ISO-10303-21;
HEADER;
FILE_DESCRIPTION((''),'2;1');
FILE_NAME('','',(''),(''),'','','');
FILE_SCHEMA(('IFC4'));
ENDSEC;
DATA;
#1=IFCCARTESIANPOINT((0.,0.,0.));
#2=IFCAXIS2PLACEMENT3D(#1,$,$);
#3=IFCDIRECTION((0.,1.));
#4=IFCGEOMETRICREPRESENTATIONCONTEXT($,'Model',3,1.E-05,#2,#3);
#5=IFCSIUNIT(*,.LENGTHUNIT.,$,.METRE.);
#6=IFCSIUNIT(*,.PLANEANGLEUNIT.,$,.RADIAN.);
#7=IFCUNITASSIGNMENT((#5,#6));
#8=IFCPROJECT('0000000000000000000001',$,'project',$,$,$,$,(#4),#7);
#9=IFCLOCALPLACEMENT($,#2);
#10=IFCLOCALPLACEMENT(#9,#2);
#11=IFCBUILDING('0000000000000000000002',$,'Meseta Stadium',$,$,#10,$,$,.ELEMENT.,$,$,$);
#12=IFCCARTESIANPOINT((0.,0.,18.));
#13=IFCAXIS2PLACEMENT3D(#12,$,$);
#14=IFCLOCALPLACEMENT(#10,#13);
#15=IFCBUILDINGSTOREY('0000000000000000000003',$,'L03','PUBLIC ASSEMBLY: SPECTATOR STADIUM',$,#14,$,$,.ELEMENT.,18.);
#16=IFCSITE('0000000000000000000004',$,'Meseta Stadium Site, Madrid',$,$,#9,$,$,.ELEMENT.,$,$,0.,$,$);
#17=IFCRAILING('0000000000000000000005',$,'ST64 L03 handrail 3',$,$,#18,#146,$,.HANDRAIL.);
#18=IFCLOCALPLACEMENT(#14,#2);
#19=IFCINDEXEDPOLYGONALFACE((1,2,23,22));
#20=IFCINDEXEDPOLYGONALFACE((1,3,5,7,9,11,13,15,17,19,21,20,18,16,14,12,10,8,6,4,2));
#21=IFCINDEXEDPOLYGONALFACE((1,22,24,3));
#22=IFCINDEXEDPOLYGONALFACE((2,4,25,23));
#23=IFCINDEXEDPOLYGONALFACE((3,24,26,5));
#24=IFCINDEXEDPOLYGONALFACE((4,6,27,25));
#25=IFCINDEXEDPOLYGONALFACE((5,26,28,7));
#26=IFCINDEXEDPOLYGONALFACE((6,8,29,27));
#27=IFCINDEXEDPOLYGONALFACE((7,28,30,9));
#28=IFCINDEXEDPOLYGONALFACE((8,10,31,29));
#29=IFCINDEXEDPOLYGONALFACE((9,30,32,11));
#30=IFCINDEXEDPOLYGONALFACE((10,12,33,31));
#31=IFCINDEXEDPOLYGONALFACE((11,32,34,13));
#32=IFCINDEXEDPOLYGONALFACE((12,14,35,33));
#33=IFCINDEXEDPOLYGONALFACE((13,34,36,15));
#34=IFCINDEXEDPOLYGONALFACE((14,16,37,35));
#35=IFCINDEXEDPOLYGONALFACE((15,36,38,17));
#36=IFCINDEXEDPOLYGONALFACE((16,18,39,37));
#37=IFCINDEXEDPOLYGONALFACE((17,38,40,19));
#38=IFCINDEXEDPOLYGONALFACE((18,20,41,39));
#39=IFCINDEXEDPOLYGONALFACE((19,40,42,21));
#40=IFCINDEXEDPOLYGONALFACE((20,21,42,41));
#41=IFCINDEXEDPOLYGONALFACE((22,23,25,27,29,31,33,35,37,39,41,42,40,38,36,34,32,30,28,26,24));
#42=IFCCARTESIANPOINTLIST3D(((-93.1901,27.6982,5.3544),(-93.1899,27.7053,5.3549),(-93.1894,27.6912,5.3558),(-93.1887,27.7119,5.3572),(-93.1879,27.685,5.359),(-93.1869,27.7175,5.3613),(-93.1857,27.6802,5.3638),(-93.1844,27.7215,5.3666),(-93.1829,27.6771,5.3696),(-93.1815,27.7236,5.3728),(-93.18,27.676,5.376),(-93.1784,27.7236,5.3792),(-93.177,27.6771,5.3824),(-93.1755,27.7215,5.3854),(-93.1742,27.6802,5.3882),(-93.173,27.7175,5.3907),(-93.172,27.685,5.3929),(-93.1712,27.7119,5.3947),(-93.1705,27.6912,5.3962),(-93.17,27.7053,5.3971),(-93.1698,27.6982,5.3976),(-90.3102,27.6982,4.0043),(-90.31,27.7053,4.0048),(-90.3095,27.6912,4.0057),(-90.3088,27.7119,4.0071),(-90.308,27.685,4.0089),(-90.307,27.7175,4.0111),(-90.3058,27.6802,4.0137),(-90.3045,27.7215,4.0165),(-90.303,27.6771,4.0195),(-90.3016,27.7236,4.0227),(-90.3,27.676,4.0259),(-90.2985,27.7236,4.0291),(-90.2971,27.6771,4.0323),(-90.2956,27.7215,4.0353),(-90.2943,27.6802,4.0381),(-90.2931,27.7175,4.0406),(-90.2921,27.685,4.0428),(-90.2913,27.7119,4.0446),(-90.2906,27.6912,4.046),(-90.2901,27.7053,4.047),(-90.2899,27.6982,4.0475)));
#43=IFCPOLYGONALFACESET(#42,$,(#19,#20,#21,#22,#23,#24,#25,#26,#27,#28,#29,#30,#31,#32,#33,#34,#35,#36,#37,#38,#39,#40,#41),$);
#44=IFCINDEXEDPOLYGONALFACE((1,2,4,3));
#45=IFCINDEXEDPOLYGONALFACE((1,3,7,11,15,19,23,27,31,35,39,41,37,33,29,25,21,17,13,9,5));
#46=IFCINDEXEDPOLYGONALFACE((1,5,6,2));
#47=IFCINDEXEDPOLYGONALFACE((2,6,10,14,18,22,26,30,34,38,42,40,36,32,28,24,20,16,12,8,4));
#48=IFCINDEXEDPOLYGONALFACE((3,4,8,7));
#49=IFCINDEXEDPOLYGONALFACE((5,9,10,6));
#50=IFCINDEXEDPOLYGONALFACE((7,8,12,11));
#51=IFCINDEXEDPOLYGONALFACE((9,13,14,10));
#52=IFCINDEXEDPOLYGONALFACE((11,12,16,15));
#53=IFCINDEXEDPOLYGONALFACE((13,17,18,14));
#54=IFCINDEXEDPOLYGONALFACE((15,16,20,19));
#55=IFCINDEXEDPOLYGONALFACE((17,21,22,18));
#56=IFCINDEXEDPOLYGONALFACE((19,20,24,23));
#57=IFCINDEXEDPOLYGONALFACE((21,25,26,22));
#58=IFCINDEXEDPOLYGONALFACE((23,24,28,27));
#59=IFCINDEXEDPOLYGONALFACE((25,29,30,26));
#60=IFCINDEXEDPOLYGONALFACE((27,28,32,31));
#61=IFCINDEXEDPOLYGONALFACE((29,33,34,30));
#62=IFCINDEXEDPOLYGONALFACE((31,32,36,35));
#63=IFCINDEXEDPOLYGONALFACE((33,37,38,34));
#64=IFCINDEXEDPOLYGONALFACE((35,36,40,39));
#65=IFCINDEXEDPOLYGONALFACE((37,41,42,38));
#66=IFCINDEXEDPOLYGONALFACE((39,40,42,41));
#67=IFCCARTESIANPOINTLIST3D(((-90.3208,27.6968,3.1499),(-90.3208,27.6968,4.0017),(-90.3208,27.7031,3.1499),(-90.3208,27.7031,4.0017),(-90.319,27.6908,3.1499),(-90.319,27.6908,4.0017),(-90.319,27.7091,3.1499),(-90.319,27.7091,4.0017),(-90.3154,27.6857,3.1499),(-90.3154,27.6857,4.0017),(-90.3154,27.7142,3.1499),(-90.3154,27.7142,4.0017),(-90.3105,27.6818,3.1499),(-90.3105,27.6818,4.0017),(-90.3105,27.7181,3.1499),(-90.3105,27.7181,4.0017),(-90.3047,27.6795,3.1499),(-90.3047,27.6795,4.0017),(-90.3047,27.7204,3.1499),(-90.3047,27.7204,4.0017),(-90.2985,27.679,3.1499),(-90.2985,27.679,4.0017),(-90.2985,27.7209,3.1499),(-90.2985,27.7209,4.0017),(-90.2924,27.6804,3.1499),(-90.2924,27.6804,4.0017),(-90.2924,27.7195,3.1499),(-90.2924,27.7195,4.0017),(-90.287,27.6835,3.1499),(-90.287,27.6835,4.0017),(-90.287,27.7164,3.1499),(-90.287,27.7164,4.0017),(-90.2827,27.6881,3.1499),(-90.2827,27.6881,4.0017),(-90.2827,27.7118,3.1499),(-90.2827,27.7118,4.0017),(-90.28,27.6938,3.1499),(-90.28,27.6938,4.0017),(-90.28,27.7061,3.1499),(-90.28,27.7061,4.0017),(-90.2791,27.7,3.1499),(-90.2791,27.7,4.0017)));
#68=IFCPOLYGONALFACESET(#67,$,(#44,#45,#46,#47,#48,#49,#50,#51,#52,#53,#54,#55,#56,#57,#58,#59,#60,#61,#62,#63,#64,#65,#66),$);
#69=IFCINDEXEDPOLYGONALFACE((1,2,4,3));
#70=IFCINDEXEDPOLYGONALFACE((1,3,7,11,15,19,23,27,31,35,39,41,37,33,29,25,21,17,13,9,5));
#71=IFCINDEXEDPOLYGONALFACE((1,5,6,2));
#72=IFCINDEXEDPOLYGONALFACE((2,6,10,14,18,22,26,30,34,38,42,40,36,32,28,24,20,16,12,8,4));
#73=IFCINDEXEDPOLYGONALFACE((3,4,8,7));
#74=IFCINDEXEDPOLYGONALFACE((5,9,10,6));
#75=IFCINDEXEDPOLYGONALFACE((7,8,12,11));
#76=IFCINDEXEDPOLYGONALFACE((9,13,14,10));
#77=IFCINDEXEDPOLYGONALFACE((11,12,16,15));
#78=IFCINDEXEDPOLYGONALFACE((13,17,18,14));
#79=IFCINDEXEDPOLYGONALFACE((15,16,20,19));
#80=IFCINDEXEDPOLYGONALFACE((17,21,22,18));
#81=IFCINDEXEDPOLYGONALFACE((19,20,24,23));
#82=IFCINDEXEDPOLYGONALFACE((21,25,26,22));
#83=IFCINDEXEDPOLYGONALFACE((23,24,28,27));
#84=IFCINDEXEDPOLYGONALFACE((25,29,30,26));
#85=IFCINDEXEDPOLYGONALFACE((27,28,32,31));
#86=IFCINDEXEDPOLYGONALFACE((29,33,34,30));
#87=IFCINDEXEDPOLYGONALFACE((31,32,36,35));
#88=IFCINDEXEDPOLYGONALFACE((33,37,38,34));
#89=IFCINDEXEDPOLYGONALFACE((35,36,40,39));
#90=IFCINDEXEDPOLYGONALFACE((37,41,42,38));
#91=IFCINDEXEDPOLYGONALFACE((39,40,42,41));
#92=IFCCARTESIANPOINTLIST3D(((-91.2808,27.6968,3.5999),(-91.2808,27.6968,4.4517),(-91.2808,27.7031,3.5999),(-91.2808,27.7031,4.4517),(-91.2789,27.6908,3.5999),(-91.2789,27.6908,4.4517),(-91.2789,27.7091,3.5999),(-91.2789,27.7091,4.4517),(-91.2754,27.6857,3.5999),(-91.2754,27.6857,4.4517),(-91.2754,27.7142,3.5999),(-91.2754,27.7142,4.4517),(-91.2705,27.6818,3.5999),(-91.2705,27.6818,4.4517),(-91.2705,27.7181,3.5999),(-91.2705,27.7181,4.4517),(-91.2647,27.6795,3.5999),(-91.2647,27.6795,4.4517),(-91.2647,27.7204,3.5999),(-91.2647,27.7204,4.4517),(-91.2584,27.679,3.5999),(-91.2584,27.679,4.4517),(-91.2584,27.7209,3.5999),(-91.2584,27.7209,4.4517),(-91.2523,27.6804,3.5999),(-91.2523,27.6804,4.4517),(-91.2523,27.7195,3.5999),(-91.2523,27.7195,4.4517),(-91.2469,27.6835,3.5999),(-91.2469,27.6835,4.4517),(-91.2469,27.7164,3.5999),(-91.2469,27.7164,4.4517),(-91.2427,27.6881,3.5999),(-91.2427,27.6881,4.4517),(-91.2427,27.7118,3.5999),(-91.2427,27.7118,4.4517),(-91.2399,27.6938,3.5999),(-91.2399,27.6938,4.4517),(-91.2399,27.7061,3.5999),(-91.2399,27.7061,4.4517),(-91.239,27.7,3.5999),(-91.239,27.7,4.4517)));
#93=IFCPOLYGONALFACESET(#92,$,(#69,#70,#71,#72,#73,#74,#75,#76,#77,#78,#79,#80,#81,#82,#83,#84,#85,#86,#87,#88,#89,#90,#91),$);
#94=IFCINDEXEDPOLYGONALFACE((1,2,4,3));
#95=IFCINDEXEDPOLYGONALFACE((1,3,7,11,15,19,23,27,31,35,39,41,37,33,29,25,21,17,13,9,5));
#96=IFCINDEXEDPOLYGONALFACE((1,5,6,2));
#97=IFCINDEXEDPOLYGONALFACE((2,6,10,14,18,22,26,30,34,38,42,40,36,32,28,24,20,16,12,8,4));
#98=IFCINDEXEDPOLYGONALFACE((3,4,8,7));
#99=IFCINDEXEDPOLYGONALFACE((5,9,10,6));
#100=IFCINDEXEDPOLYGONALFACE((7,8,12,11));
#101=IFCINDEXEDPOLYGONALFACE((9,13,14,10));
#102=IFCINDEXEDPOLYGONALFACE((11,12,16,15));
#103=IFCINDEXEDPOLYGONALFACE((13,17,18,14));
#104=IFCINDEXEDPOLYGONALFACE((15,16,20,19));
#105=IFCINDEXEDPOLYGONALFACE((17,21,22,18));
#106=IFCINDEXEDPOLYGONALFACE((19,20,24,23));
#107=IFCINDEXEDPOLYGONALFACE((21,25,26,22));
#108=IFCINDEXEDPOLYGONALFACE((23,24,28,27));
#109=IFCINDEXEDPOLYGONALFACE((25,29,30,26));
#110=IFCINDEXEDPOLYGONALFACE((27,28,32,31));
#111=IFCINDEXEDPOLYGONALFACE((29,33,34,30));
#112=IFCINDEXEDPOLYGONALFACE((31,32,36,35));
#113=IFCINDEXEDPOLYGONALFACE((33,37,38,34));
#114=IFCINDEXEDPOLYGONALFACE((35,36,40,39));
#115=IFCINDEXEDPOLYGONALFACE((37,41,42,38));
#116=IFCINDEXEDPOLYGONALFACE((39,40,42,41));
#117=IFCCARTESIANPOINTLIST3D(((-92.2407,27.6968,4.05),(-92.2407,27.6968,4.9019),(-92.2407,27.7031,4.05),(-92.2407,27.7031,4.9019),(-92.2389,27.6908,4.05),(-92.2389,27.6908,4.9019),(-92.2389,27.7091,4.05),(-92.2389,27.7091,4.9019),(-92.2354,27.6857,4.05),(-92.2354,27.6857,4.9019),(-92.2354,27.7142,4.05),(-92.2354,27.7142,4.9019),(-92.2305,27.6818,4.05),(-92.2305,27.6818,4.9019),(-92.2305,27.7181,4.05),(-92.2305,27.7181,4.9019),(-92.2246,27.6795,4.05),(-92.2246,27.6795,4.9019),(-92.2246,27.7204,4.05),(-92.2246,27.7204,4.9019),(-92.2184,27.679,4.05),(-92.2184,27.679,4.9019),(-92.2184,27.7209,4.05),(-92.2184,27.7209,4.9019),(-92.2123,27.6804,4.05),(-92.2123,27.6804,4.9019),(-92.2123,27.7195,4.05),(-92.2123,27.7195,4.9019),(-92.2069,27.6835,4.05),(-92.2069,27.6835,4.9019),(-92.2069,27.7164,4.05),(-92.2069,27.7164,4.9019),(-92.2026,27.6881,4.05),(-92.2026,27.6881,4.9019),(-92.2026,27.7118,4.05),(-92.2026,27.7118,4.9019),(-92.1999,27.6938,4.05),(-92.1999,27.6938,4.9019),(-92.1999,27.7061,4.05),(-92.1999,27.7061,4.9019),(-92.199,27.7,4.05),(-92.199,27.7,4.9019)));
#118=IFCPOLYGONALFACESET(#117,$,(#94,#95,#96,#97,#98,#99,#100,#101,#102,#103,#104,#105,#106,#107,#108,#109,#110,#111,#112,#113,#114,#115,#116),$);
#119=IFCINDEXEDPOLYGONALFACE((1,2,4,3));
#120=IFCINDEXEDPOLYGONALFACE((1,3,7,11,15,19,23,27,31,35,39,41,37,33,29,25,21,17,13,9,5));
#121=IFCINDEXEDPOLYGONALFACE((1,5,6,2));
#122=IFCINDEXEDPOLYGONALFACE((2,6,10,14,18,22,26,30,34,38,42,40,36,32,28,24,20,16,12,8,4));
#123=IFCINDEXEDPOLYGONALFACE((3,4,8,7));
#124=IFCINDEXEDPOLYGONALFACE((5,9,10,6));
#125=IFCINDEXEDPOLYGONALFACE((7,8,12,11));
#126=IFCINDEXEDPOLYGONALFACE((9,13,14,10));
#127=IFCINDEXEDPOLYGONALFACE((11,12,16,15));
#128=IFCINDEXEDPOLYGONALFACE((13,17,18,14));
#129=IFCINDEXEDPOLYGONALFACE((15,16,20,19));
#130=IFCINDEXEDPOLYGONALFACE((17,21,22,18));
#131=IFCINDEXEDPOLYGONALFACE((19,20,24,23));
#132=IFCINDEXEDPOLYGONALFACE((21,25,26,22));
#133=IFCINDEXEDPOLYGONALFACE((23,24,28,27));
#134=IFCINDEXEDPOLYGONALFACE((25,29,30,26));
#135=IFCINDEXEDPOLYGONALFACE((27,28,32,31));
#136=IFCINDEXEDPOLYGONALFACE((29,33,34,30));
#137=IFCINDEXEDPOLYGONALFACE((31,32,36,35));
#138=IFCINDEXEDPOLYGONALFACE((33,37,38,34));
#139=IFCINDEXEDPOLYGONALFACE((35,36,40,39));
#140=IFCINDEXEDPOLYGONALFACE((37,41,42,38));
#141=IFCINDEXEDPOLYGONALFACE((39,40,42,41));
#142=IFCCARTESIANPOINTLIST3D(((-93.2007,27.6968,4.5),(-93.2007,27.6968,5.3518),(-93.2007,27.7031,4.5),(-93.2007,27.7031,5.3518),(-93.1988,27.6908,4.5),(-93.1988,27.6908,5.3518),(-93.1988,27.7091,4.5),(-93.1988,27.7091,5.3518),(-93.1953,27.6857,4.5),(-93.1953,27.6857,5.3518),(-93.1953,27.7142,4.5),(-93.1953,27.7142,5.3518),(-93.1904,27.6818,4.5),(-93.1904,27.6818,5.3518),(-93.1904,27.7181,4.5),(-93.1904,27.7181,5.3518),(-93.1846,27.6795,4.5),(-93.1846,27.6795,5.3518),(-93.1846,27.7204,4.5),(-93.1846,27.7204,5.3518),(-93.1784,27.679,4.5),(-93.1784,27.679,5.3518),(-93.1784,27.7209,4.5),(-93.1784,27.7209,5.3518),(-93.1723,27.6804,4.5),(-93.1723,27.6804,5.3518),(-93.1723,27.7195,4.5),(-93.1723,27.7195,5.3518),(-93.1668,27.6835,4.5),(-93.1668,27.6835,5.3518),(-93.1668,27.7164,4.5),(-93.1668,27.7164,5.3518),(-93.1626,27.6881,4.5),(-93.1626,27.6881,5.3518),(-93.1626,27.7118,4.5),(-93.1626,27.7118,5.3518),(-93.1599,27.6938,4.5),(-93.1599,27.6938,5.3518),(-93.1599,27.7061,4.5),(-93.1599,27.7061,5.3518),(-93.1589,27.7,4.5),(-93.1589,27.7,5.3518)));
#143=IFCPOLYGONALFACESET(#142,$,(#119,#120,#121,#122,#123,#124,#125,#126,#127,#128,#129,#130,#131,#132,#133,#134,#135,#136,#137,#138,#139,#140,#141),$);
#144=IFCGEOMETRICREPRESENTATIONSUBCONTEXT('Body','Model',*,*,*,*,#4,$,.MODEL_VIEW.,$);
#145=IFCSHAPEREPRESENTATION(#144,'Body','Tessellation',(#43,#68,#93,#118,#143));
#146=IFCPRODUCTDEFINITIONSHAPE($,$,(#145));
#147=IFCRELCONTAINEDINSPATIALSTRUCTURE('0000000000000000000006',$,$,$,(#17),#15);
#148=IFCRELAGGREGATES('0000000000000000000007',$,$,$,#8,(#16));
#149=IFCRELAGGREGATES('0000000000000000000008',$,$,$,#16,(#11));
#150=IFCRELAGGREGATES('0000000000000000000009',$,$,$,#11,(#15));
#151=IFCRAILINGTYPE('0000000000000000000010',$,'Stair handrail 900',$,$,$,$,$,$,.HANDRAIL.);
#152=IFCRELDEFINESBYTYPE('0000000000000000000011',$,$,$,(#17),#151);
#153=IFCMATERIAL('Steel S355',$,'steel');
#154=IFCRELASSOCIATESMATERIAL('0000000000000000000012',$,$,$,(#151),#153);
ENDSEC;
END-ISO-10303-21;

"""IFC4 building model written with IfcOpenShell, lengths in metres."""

from ifc_helpers import new_model, si_unit, direction, frame, origin, origin_2d, place, context, subcontext, project, spatial, circle, extrude, material, type_object, element, save


model = new_model("IFC4")

# Units and contexts
model_context = context("Model", 3, precision=1e-05, world=origin(), true_north=direction((0.0, 1.0)))
body_context = subcontext(model_context, "Body", "Model", "MODEL_VIEW")
ifc_project = project(units=[si_unit("LENGTHUNIT", "METRE"), si_unit("PLANEANGLEUNIT", "RADIAN")], contexts=[model_context])

# Site, building, storey
site_placement = place(None, origin())
site = spatial("IfcSite", under=ifc_project, at=site_placement, Name="Meseta Stadium Site, Madrid", CompositionType="ELEMENT", RefElevation=0.0)
building_placement = place(site_placement, origin())
building = spatial("IfcBuilding", under=site, at=building_placement, Name="Meseta Stadium", CompositionType="ELEMENT")
storey_placement = place(building_placement, frame((0.0, 0.0, 18.0)))
storey = spatial("IfcBuildingStorey", under=building, at=storey_placement, Name="L03", Description="PUBLIC ASSEMBLY: SPECTATOR STADIUM", CompositionType="ELEMENT", Elevation=18.0)

# Railing
ifc_material_1 = material(Name="Steel S355", Category="steel")
railing_type_1 = type_object("IfcRailingType", Name="Stair handrail 900", PredefinedType="HANDRAIL", material=ifc_material_1)
for number, where, name in (
    (1, (-90.3, 27.7, 3.1499), "ST64 L03 handrail 3"),
):
    element("IfcRailing", number, at=place(storey_placement, frame(where)), inside=storey, type_object=railing_type_1, Name=name, PredefinedType="HANDRAIL", context=body_context, shape_type="SweptSolid", body=[
        extrude(circle(Radius=0.0239, at=origin_2d()), frame((0.0, 0.0, 0.876), z_axis=(-0.90544, 0.0, 0.424473), x_axis=(0.0, -1.0, 0.0)), (0.0, 0.0, 1.0), 3.1807),
        extrude(circle(Radius=0.021, at=origin_2d()), origin(), (0.0, 0.0, 1.0), 0.8518),
        extrude(circle(Radius=0.021, at=origin_2d()), frame((-0.96, 0.0, 0.45)), (0.0, 0.0, 1.0), 0.8518),
        extrude(circle(Radius=0.021, at=origin_2d()), frame((-1.9199, 0.0, 0.9001)), (0.0, 0.0, 1.0), 0.8518),
        extrude(circle(Radius=0.021, at=origin_2d()), frame((-2.8799, 0.0, 1.3501)), (0.0, 0.0, 1.0), 0.8518),
    ])

save(model, "model.ifc")
